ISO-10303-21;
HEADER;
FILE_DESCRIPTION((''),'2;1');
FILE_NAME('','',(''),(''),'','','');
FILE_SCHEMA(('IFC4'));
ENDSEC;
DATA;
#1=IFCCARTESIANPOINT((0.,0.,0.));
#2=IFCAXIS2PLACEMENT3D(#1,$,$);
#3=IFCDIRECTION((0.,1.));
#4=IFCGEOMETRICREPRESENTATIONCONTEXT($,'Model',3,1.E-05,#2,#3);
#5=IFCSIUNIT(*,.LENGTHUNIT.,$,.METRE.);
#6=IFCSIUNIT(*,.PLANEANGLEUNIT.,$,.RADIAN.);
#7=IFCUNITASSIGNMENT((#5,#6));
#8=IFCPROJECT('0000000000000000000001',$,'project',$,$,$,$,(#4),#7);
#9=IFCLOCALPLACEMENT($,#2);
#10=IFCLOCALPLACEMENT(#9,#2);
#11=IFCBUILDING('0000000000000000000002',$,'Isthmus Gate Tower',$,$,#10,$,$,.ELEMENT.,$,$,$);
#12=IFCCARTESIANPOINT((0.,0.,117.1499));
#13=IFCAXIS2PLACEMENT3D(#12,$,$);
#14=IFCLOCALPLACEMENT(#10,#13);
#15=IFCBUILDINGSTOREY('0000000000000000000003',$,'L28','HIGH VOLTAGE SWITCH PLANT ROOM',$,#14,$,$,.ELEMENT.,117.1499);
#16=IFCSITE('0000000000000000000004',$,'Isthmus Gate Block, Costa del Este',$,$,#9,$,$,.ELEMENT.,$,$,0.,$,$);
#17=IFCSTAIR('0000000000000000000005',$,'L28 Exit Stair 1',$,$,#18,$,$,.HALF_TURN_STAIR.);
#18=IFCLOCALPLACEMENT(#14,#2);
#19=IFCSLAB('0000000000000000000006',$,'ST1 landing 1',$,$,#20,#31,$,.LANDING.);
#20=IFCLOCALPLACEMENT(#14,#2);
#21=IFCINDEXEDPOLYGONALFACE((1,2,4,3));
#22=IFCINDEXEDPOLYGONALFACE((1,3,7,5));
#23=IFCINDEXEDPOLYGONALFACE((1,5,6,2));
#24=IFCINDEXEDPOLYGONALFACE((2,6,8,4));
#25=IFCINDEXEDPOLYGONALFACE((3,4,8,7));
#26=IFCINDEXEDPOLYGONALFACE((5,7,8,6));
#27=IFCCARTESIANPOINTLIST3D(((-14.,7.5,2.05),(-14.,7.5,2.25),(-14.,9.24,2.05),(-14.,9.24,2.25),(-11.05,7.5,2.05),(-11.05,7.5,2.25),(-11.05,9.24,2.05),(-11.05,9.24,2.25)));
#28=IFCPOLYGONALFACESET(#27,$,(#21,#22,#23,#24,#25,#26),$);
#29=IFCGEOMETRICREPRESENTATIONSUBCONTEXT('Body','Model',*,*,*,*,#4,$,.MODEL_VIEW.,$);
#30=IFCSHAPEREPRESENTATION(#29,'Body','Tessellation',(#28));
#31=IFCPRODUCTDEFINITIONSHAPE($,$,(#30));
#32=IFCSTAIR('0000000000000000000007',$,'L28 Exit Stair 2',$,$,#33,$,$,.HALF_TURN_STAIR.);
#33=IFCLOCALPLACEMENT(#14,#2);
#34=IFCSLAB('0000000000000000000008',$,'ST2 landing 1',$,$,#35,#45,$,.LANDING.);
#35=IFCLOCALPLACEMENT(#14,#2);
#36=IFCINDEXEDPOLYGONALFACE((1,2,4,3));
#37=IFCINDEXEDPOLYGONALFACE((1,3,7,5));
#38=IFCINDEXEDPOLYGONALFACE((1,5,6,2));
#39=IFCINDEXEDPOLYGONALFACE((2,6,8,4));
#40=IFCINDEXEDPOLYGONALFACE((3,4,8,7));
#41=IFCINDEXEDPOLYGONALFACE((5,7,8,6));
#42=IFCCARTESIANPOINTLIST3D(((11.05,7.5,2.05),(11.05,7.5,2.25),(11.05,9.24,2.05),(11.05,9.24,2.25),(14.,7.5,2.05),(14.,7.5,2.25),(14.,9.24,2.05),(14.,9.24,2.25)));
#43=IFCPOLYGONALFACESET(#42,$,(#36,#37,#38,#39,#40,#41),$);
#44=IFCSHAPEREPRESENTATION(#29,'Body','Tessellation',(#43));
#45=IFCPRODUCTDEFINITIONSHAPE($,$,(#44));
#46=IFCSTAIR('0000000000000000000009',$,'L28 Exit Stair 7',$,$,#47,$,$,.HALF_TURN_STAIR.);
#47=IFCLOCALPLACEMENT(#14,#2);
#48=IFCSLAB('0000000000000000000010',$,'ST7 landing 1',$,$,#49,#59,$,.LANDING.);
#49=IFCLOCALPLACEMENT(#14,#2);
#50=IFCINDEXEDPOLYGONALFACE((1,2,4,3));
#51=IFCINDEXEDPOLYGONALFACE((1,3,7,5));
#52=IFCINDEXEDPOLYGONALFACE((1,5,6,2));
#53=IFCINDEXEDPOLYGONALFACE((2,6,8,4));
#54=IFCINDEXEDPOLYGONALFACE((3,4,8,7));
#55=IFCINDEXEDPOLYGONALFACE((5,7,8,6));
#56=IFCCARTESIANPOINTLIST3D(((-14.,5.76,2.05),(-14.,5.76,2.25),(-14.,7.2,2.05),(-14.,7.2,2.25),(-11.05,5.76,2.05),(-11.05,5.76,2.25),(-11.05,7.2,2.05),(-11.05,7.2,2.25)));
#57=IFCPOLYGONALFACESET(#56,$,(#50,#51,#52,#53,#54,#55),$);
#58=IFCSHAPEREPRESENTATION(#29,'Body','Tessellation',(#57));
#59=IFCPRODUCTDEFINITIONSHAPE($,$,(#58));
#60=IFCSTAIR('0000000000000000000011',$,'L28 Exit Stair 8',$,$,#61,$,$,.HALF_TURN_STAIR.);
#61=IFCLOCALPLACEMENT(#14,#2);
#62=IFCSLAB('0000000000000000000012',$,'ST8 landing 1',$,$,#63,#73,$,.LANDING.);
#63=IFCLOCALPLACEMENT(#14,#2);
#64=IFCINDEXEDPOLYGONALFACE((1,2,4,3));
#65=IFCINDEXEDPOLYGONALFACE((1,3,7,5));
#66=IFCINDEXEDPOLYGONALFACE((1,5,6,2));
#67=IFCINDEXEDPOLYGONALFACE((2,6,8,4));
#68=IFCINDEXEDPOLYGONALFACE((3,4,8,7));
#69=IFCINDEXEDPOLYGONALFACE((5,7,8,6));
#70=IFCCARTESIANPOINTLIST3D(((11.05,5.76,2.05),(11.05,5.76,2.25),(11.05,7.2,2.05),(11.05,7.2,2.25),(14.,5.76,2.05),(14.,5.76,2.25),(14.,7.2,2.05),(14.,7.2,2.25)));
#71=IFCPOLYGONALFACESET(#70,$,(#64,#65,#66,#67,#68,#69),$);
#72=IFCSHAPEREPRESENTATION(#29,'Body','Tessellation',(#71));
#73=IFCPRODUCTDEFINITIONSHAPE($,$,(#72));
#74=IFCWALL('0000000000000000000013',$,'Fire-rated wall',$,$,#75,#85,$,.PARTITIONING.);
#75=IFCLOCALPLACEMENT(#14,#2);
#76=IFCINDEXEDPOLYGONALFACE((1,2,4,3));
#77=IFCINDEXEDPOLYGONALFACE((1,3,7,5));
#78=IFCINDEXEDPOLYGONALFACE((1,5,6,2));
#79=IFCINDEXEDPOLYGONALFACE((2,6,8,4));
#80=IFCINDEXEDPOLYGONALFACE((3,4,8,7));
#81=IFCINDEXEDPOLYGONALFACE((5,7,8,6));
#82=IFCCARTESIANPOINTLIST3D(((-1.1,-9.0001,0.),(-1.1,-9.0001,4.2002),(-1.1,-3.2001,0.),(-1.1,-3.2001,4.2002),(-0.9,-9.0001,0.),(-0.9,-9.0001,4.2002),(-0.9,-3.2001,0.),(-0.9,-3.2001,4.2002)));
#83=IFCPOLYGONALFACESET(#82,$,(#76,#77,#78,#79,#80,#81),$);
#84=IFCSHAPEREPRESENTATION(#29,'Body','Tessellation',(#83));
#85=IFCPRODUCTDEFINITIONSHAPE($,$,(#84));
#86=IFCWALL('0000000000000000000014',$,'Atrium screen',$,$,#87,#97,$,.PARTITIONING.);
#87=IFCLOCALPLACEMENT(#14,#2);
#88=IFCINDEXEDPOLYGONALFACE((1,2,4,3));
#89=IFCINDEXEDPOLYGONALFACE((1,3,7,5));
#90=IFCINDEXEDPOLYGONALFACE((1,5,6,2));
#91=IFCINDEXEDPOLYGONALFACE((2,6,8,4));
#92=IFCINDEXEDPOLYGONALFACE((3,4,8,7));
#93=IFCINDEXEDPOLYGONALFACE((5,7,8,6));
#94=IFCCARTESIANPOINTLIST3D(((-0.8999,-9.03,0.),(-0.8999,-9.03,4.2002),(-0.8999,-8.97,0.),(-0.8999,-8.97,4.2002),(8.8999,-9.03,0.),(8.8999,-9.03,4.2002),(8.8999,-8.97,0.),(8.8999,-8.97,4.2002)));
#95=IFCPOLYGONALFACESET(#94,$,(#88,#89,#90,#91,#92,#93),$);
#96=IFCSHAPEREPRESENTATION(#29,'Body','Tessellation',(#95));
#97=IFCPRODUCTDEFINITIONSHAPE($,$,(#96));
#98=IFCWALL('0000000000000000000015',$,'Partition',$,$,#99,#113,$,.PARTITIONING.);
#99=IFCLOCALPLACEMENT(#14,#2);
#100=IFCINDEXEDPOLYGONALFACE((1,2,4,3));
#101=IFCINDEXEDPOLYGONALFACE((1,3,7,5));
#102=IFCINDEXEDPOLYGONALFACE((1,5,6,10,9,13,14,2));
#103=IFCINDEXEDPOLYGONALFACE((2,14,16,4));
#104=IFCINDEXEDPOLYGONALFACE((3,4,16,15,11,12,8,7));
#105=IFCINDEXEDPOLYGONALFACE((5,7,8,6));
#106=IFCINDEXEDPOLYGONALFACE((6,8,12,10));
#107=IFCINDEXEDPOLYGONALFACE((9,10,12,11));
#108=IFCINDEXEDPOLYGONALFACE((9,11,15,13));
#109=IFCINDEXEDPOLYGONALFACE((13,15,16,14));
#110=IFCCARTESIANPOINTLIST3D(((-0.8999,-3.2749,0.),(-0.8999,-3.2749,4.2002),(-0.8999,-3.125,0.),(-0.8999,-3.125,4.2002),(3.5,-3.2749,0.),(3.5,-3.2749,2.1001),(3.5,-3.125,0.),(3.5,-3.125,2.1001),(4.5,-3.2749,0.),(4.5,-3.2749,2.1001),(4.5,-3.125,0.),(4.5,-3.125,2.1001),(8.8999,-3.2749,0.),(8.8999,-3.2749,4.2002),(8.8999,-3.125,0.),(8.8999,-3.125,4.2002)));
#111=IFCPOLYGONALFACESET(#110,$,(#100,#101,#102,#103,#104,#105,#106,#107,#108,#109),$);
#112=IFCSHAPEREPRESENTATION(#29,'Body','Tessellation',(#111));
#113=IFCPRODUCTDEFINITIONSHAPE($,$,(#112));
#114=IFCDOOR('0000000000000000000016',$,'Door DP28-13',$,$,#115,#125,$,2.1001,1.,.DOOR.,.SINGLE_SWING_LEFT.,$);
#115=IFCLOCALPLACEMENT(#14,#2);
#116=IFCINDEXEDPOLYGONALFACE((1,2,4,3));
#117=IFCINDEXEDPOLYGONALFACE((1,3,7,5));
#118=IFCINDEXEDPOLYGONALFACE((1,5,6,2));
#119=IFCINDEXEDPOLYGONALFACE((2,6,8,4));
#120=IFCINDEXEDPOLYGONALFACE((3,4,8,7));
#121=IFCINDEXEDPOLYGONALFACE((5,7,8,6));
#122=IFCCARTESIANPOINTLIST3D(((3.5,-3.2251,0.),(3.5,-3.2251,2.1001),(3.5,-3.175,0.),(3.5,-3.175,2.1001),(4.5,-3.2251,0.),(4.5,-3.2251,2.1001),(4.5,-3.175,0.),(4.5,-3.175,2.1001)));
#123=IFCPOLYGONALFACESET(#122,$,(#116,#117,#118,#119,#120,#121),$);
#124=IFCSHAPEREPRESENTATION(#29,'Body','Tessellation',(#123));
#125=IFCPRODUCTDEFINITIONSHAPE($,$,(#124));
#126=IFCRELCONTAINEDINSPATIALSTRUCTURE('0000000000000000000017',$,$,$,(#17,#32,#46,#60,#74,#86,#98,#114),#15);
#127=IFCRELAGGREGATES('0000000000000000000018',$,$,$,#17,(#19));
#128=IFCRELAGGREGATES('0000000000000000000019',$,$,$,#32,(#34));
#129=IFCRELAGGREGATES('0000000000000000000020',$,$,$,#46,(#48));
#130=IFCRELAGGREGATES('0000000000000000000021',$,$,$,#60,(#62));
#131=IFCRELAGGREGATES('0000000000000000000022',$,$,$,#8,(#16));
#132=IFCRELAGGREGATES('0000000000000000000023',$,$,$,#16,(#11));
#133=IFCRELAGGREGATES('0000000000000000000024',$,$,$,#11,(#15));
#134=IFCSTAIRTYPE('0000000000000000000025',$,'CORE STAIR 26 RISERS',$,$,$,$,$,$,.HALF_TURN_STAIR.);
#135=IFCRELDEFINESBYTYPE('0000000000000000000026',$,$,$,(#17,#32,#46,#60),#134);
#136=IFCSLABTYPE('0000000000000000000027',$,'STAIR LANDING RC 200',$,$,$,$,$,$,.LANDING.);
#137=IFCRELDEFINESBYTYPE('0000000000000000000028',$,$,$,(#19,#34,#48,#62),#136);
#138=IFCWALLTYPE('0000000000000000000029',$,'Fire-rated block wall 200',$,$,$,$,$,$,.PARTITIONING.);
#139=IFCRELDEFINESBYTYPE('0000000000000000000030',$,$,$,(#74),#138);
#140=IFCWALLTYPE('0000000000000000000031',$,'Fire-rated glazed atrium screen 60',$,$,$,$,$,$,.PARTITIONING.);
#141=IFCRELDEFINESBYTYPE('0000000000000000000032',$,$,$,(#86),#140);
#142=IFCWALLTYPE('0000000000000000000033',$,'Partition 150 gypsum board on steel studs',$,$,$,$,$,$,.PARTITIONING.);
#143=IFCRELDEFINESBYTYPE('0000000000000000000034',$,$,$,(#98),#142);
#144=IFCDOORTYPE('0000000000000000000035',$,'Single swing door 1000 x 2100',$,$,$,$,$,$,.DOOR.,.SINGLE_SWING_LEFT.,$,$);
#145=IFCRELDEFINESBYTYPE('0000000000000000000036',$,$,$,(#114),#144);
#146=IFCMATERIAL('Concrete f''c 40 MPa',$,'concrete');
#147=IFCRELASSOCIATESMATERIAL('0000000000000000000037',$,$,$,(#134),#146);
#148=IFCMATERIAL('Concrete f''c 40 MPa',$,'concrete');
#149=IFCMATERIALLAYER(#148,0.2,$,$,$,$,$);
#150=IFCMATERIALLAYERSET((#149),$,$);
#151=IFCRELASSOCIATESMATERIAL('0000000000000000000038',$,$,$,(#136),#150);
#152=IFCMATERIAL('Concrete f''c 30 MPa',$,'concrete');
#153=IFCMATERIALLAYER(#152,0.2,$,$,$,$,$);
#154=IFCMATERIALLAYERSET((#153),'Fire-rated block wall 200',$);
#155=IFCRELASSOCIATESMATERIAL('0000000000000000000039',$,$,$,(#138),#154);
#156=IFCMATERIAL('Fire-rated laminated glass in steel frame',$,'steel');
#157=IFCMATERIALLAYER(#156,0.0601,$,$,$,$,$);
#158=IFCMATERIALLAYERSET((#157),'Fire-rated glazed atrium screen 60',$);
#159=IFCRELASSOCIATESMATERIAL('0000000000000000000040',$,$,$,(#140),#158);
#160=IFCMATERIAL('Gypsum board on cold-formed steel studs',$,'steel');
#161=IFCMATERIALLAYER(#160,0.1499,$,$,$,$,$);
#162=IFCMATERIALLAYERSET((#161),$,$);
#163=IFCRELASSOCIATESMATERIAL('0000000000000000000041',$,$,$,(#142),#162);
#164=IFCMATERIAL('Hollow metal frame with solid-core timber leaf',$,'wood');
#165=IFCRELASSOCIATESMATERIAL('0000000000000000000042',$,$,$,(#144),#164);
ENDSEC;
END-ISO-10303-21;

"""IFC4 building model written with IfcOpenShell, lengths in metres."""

from ifc_helpers import new_model, si_unit, direction, frame, frame_2d, origin, place, context, subcontext, project, spatial, polyline, rectangle, outline, extrude, material, layer, layer_set, type_object, element, fill, aggregate, save


model = new_model("IFC4")

# Units and contexts
model_context = context("Model", 3, precision=1e-05, world=origin(), true_north=direction((0.0, 1.0)))
body_context = subcontext(model_context, "Body", "Model", "MODEL_VIEW")
ifc_project = project(units=[si_unit("LENGTHUNIT", "METRE"), si_unit("PLANEANGLEUNIT", "RADIAN")], contexts=[model_context])

# Site, building, storey
site_placement = place(None, origin())
site = spatial("IfcSite", under=ifc_project, at=site_placement, Name="Isthmus Gate Block, Costa del Este", CompositionType="ELEMENT", RefElevation=0.0)
building_placement = place(site_placement, origin())
building = spatial("IfcBuilding", under=site, at=building_placement, Name="Isthmus Gate Tower", CompositionType="ELEMENT")
storey_placement = place(building_placement, frame((0.0, 0.0, 117.1499)))
storey = spatial("IfcBuildingStorey", under=building, at=storey_placement, Name="L28", Description="HIGH VOLTAGE SWITCH PLANT ROOM", CompositionType="ELEMENT", Elevation=117.1499)

# Stairs, slabs
ifc_material_1 = material(Name="Concrete f'c 40 MPa", Category="concrete")
stair_type = type_object("IfcStairType", Name="CORE STAIR 26 RISERS", PredefinedType="HALF_TURN_STAIR", material=ifc_material_1)
stair_1_placement = place(storey_placement, origin())
stair_1 = element("IfcStair", 1, at=stair_1_placement, inside=storey, type_object=stair_type, Name="L28 Exit Stair 1", PredefinedType="HALF_TURN_STAIR")
ifc_material_2 = material(Name="Concrete f'c 40 MPa", Category="concrete")
ifc_layer_1 = layer(ifc_material_2, 0.2)
ifc_layer_set_1 = layer_set([ifc_layer_1])
slab_type_1 = type_object("IfcSlabType", Name="STAIR LANDING RC 200", PredefinedType="LANDING", material=ifc_layer_set_1)
slab_1_placement = place(storey_placement, frame((0.0, 0.0, 2.05)))
slab_1 = element("IfcSlab", 2, at=slab_1_placement, type_object=slab_type_1, Name="ST1 landing 1", PredefinedType="LANDING", context=body_context, shape_type="SweptSolid", body=[
    extrude(outline(polyline([(-14.0, 9.24), (-14.0, 7.5), (-11.05, 7.5), (-11.05, 9.24), (-14.0, 9.24)])), origin(), (0.0, 0.0, 1.0), 0.2),
])
aggregate(stair_1, [slab_1])
stair_2_placement = place(storey_placement, origin())
stair_2 = element("IfcStair", 3, at=stair_2_placement, inside=storey, type_object=stair_type, Name="L28 Exit Stair 2", PredefinedType="HALF_TURN_STAIR")
slab_2_placement = place(storey_placement, frame((0.0, 0.0, 2.05)))
slab_2 = element("IfcSlab", 4, at=slab_2_placement, type_object=slab_type_1, Name="ST2 landing 1", PredefinedType="LANDING", context=body_context, shape_type="SweptSolid", body=[
    extrude(outline(polyline([(11.05, 9.24), (11.05, 7.5), (14.0, 7.5), (14.0, 9.24), (11.05, 9.24)])), origin(), (0.0, 0.0, 1.0), 0.2),
])
aggregate(stair_2, [slab_2])
stair_3_placement = place(storey_placement, origin())
stair_3 = element("IfcStair", 5, at=stair_3_placement, inside=storey, type_object=stair_type, Name="L28 Exit Stair 7", PredefinedType="HALF_TURN_STAIR")
slab_3_placement = place(storey_placement, frame((0.0, 0.0, 2.05)))
slab_3 = element("IfcSlab", 6, at=slab_3_placement, type_object=slab_type_1, Name="ST7 landing 1", PredefinedType="LANDING", context=body_context, shape_type="SweptSolid", body=[
    extrude(outline(polyline([(-11.05, 5.76), (-11.05, 7.2), (-14.0, 7.2), (-14.0, 5.76), (-11.05, 5.76)])), origin(), (0.0, 0.0, 1.0), 0.2),
])
aggregate(stair_3, [slab_3])
stair_4_placement = place(storey_placement, origin())
stair_4 = element("IfcStair", 7, at=stair_4_placement, inside=storey, type_object=stair_type, Name="L28 Exit Stair 8", PredefinedType="HALF_TURN_STAIR")
slab_4_placement = place(storey_placement, frame((0.0, 0.0, 2.05)))
slab_4 = element("IfcSlab", 8, at=slab_4_placement, type_object=slab_type_1, Name="ST8 landing 1", PredefinedType="LANDING", context=body_context, shape_type="SweptSolid", body=[
    extrude(outline(polyline([(14.0, 5.76), (14.0, 7.2), (11.05, 7.2), (11.05, 5.76), (14.0, 5.76)])), origin(), (0.0, 0.0, 1.0), 0.2),
])
aggregate(stair_4, [slab_4])

# Walls
ifc_material_3 = material(Name="Concrete f'c 30 MPa", Category="concrete")
ifc_layer_2 = layer(ifc_material_3, 0.2)
ifc_layer_set_2 = layer_set([ifc_layer_2], Name="Fire-rated block wall 200")
wall_type_1 = type_object("IfcWallType", Name="Fire-rated block wall 200", PredefinedType="PARTITIONING", material=ifc_layer_set_2)
wall_1_placement = place(storey_placement, frame((-1.0, -9.0, 0.0), z_axis=(0.0, 0.0, 1.0), x_axis=(0.0, 1.0, 0.0)))
element("IfcWall", 9, at=wall_1_placement, inside=storey, type_object=wall_type_1, Name="Fire-rated wall", PredefinedType="PARTITIONING", context=body_context, shape_type="SweptSolid", body=[
    extrude(rectangle(XDim=5.8, YDim=0.2, at=frame_2d((2.8999, 0.0))), origin(), (0.0, 0.0, 1.0), 4.2002),
])
ifc_material_4 = material(Name="Fire-rated laminated glass in steel frame", Category="steel")
ifc_layer_3 = layer(ifc_material_4, 0.0601)
ifc_layer_set_3 = layer_set([ifc_layer_3], Name="Fire-rated glazed atrium screen 60")
wall_type_2 = type_object("IfcWallType", Name="Fire-rated glazed atrium screen 60", PredefinedType="PARTITIONING", material=ifc_layer_set_3)
wall_2_placement = place(storey_placement, frame((-0.8999, -9.0, 0.0), z_axis=(0.0, 0.0, 1.0), x_axis=(1.0, 0.0, 0.0)))
element("IfcWall", 10, at=wall_2_placement, inside=storey, type_object=wall_type_2, Name="Atrium screen", PredefinedType="PARTITIONING", context=body_context, shape_type="SweptSolid", body=[
    extrude(rectangle(XDim=9.7998, YDim=0.0601, at=frame_2d((4.8999, 0.0))), origin(), (0.0, 0.0, 1.0), 4.2002),
])

# Wall, opening, door
ifc_material_5 = material(Name="Gypsum board on cold-formed steel studs", Category="steel")
ifc_layer_4 = layer(ifc_material_5, 0.1499)
ifc_layer_set_4 = layer_set([ifc_layer_4])
wall_type_3 = type_object("IfcWallType", Name="Partition 150 gypsum board on steel studs", PredefinedType="PARTITIONING", material=ifc_layer_set_4)
wall_3_placement = place(storey_placement, frame((-0.8999, -3.2, 0.0), z_axis=(0.0, 0.0, 1.0), x_axis=(1.0, 0.0, 0.0)))
wall_3 = element("IfcWall", 11, at=wall_3_placement, inside=storey, type_object=wall_type_3, Name="Partition", PredefinedType="PARTITIONING", context=body_context, shape_type="SweptSolid", body=[
    extrude(rectangle(XDim=9.7998, YDim=0.1499, at=frame_2d((4.8999, 0.0))), origin(), (0.0, 0.0, 1.0), 4.2002),
])
opening_placement = place(wall_3_placement, frame((4.3999, 0.0, 0.0)))
opening = element("IfcOpeningElement", 12, at=opening_placement, cuts=wall_3, PredefinedType="OPENING", context=body_context, shape_type="SweptSolid", body=[
    extrude(rectangle(XDim=1.0, YDim=2.1001, at=frame_2d((0.5, 1.05))), frame((0.0, 0.085, 0.0), z_axis=(0.0, -1.0, 0.0), x_axis=(1.0, 0.0, 0.0)), (0.0, 0.0, 1.0), 0.1699),
])
ifc_material_6 = material(Name="Hollow metal frame with solid-core timber leaf", Category="wood")
door_type = type_object("IfcDoorType", Name="Single swing door 1000 x 2100", OperationType="SINGLE_SWING_LEFT", PredefinedType="DOOR", material=ifc_material_6)
door_placement = place(opening_placement, origin())
door = element("IfcDoor", 13, at=door_placement, inside=storey, type_object=door_type, Name="Door DP28-13", OperationType="SINGLE_SWING_LEFT", OverallHeight=2.1001, OverallWidth=1.0, PredefinedType="DOOR", context=body_context, shape_type="SweptSolid", body=[
    extrude(rectangle(XDim=1.0, YDim=2.1001, at=frame_2d((0.5, 1.05))), frame((0.0, 0.0249, 0.0), z_axis=(0.0, -1.0, 0.0), x_axis=(1.0, 0.0, 0.0)), (0.0, 0.0, 1.0), 0.05),
])
fill(opening, door)

save(model, "model.ifc")
